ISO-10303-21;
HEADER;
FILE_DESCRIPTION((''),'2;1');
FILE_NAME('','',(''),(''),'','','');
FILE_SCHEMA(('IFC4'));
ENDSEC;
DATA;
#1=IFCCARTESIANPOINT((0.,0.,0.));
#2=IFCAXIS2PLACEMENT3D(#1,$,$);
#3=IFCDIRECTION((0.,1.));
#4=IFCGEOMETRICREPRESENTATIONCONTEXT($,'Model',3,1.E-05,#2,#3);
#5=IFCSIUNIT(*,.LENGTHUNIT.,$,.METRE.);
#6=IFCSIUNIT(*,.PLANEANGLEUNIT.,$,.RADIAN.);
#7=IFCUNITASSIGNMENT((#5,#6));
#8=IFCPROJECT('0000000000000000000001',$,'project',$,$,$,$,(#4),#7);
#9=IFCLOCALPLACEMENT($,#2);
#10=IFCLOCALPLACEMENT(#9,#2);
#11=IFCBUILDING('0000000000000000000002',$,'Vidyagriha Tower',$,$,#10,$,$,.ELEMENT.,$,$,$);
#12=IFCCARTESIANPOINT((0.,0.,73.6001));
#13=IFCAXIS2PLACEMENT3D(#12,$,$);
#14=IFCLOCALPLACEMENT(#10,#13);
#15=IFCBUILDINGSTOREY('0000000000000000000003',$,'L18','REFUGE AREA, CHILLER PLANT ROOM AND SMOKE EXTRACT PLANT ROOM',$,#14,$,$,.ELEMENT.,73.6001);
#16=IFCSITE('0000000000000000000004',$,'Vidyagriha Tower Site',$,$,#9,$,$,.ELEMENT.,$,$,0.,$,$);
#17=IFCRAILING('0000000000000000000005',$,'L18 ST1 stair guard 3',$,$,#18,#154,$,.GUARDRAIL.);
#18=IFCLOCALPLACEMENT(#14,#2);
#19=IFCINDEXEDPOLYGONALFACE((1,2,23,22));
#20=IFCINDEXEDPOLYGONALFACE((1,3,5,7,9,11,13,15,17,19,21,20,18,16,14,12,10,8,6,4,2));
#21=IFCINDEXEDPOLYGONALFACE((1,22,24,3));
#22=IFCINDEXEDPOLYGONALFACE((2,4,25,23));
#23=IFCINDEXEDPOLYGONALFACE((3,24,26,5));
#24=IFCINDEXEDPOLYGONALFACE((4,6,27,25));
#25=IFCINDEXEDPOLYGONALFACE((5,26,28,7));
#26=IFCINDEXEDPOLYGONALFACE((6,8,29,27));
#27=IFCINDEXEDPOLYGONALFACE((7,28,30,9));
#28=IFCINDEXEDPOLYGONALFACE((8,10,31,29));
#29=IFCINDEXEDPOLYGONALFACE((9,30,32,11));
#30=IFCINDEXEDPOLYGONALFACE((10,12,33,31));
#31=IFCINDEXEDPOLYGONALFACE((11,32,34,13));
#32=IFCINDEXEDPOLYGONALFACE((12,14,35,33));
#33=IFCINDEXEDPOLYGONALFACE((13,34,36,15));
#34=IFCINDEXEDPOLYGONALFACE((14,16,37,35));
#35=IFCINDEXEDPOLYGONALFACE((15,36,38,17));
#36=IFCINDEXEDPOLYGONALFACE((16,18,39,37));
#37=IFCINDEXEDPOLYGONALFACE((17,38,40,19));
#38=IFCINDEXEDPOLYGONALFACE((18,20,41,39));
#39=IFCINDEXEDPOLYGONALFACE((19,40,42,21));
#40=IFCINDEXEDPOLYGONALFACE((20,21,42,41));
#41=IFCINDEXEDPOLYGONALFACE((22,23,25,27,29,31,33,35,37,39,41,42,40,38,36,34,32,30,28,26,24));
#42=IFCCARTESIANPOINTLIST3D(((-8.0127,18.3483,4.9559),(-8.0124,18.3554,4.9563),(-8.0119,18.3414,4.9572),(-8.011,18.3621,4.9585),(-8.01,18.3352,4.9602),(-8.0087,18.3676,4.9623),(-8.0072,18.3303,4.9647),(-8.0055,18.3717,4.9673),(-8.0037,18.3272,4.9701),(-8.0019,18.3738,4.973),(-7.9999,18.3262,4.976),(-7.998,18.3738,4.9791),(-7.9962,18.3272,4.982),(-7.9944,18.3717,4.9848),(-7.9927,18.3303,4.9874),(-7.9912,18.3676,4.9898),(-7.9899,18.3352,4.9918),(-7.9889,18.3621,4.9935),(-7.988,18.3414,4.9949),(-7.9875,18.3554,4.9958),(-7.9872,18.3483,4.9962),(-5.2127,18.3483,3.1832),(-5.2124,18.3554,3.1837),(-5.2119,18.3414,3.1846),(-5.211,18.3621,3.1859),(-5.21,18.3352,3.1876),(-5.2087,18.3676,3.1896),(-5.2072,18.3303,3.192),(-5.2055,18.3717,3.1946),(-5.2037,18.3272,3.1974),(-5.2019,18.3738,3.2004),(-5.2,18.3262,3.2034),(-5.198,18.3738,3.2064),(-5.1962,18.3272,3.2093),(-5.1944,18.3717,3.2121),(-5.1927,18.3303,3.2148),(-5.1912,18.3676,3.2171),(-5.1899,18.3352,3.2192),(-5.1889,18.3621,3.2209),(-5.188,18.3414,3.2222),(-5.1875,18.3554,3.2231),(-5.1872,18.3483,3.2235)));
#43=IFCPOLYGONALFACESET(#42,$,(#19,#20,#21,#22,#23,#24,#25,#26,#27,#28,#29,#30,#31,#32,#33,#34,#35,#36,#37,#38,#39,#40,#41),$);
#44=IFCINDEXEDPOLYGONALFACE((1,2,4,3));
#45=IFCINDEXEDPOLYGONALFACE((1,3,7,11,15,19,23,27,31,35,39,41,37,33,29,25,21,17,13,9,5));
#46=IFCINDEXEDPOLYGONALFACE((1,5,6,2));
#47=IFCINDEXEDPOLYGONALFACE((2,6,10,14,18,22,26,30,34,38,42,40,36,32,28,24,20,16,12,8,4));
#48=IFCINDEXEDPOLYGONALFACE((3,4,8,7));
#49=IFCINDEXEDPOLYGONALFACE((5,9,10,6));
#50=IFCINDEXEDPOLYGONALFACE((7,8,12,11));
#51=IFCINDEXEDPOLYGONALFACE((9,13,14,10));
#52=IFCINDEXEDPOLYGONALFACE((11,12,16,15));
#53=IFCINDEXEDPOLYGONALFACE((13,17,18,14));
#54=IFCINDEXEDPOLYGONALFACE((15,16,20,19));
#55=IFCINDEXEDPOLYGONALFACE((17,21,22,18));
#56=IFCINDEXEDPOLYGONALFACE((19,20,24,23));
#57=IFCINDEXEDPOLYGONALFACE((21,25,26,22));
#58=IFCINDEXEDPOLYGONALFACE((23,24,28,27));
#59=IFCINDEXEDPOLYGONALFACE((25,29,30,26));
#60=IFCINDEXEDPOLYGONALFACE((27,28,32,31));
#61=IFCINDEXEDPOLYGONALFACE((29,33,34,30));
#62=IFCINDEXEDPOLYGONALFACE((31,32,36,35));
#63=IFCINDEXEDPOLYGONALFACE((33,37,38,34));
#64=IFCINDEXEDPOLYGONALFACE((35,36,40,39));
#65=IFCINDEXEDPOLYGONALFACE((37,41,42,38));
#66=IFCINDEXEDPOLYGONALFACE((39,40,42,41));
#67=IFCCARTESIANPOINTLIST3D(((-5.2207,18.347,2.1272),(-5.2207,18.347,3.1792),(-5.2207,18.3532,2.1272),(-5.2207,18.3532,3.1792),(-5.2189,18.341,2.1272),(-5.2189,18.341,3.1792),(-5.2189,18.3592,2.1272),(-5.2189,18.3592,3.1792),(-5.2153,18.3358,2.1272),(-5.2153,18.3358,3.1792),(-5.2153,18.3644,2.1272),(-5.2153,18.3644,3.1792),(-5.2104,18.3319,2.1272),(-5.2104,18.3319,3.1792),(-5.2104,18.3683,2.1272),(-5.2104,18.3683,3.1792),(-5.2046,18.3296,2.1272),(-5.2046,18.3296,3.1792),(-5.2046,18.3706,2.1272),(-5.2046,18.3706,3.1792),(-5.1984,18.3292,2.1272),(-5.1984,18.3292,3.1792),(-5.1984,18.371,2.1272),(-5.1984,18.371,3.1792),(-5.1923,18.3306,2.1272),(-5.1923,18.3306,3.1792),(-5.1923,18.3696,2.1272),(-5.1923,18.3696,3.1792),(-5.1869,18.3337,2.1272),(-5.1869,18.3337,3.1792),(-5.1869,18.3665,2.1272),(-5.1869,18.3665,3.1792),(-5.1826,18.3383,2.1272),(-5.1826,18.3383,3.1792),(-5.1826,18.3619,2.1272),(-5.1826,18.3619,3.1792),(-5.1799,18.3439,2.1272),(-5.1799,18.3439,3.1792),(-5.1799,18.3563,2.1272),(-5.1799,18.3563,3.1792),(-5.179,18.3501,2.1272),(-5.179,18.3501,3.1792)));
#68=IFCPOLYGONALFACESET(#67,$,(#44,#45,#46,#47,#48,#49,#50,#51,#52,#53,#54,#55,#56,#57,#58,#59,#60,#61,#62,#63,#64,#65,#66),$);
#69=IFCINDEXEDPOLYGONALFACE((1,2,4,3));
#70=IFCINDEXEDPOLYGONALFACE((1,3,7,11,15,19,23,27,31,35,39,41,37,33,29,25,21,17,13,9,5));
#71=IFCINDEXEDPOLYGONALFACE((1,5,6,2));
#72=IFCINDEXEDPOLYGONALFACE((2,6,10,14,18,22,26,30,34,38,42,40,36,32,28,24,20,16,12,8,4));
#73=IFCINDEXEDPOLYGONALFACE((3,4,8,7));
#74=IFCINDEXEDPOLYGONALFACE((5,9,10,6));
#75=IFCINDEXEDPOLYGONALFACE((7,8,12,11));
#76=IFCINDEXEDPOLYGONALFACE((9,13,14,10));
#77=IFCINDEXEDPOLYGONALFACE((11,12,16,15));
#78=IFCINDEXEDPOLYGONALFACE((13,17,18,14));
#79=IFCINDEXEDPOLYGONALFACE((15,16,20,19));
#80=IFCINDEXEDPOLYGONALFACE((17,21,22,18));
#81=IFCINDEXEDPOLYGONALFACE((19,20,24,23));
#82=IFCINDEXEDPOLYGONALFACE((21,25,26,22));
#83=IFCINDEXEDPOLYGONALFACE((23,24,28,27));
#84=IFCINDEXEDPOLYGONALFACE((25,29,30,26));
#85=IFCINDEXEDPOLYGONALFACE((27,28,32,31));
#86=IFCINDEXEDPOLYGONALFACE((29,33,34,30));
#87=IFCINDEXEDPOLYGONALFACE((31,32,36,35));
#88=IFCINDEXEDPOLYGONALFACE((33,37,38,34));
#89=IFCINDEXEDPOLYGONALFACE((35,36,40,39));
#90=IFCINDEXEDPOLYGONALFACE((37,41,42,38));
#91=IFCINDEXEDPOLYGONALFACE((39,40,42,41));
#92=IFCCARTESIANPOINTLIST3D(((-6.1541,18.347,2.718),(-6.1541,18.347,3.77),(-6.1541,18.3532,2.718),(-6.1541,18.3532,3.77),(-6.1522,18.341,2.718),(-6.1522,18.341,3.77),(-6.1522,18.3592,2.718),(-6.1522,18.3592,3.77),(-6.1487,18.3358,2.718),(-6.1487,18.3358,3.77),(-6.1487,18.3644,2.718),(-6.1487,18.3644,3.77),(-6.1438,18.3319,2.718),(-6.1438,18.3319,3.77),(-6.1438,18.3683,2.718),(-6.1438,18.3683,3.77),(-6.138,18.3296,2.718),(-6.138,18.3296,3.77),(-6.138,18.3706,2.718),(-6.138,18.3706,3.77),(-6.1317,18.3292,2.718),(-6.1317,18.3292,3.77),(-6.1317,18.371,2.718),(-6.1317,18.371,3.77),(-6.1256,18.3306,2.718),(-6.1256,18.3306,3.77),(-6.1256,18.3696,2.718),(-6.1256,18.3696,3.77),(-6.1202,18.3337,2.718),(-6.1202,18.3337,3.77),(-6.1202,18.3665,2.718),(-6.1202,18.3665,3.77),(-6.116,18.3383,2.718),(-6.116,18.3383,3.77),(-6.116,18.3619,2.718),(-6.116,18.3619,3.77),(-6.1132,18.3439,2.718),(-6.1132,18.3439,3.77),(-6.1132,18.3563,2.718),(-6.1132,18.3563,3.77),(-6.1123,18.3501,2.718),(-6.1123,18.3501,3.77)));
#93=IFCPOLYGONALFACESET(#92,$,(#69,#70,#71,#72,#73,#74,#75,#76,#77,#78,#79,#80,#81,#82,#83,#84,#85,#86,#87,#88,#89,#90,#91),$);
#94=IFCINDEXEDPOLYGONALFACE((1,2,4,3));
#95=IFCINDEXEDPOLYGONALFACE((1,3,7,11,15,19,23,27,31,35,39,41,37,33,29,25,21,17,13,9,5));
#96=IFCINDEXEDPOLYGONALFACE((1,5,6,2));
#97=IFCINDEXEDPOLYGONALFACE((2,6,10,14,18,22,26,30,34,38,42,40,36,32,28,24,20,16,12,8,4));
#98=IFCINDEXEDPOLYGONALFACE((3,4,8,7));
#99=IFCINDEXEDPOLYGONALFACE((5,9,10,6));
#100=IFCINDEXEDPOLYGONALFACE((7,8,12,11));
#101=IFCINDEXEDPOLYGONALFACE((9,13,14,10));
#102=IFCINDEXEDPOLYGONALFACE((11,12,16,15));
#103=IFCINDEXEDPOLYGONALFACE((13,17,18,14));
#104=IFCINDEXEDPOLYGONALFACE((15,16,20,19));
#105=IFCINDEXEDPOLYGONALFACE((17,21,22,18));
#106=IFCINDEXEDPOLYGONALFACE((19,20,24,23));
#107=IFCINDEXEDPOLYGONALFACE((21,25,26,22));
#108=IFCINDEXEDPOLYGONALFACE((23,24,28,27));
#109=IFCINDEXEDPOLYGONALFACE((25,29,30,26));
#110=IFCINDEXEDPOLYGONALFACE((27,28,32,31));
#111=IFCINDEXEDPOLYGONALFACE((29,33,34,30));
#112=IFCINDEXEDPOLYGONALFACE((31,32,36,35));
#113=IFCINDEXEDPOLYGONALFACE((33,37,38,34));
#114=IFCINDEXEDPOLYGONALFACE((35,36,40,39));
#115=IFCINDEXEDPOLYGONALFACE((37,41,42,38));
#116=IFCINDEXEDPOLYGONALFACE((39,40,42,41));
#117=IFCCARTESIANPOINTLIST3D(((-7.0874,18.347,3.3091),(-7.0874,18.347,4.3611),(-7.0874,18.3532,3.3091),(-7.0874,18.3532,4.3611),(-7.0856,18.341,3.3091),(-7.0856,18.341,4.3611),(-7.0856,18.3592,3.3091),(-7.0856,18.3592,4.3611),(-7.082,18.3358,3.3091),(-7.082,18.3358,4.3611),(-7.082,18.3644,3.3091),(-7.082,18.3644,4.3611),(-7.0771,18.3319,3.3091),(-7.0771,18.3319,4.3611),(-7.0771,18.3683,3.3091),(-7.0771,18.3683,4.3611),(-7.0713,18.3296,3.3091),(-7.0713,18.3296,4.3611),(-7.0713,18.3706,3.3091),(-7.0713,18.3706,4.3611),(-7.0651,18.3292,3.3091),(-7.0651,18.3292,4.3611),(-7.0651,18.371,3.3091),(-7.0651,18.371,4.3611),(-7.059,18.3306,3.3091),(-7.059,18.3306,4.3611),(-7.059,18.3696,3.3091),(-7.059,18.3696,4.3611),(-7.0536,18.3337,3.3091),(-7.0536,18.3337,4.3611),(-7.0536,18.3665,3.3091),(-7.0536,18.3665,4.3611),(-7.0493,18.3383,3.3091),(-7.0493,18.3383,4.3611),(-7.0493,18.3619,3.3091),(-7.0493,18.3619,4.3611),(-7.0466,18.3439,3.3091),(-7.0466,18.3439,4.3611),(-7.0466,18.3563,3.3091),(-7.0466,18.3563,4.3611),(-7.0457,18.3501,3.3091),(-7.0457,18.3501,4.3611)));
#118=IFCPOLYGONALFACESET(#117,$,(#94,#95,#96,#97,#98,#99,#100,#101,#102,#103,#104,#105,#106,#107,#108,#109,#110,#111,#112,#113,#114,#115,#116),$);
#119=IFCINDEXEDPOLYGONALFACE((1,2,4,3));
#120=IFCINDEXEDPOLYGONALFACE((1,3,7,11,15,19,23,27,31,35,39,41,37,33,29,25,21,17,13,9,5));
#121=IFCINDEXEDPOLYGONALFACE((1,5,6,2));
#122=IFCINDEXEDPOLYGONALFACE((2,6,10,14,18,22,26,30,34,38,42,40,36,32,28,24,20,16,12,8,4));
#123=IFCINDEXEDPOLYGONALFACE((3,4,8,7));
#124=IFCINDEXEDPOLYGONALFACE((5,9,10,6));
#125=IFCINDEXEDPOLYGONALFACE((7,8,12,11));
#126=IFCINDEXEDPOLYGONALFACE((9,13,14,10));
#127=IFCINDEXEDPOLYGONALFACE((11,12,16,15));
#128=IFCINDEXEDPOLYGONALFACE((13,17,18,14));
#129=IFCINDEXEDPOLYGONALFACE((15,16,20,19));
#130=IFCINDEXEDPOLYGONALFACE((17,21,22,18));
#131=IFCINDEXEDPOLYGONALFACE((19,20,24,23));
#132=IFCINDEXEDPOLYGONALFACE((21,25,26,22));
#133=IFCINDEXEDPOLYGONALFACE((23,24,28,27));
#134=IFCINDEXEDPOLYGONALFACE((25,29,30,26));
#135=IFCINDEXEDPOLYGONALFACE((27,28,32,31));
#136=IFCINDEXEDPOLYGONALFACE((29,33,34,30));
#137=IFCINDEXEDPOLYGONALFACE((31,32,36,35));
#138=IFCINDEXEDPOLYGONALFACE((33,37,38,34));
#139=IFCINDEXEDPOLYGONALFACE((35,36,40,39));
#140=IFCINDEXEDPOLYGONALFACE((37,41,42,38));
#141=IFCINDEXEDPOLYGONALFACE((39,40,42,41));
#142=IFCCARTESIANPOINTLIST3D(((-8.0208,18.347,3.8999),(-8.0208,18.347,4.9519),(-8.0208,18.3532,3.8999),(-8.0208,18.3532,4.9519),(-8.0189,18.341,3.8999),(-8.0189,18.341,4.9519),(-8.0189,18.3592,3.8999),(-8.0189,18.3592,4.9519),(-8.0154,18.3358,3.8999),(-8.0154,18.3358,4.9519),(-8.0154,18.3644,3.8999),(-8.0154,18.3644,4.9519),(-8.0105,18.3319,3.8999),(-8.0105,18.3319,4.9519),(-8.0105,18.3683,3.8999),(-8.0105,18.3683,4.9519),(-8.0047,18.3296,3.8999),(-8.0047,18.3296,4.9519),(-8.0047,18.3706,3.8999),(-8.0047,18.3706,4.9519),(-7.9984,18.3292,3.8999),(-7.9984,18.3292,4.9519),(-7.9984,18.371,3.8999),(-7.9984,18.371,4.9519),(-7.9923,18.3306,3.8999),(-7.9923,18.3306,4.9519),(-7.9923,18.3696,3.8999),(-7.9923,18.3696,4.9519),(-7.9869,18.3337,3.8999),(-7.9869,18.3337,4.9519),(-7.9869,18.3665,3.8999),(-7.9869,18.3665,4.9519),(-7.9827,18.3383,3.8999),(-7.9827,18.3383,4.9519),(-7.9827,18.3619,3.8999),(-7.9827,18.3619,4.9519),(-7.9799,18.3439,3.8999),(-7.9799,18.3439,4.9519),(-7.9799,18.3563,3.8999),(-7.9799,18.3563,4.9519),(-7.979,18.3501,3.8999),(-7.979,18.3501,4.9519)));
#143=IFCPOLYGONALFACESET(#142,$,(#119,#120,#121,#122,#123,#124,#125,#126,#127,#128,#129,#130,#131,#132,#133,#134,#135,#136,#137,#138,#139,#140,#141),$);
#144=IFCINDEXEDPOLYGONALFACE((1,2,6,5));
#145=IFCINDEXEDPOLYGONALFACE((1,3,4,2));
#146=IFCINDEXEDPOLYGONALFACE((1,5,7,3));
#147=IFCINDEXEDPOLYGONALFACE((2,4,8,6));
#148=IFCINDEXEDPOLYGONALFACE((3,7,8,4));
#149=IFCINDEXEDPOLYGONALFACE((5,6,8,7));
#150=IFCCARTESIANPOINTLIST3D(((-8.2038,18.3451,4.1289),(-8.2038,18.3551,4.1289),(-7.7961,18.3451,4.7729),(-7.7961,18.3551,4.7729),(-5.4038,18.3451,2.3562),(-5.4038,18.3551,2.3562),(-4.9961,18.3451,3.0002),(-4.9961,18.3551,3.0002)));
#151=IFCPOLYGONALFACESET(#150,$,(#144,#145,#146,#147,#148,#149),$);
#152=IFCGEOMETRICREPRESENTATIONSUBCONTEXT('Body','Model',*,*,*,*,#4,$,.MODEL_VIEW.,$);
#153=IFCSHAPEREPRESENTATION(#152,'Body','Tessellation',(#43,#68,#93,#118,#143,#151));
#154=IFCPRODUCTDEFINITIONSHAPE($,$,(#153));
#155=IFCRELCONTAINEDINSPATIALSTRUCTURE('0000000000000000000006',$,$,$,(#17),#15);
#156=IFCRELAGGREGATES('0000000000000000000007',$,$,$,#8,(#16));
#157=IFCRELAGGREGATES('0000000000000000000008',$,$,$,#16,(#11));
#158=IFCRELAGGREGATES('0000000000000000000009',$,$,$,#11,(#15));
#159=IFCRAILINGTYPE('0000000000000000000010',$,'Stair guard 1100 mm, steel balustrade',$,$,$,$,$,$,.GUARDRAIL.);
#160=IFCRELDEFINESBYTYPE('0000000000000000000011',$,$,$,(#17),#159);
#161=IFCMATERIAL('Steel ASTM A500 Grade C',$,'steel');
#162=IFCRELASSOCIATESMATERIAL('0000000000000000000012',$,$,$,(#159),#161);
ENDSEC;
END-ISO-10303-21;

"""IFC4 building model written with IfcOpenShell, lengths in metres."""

from ifc_helpers import new_model, si_unit, direction, frame, origin, origin_2d, place, context, subcontext, project, spatial, rectangle, circle, extrude, material, type_object, element, save


model = new_model("IFC4")

# Units and contexts
model_context = context("Model", 3, precision=1e-05, world=origin(), true_north=direction((0.0, 1.0)))
body_context = subcontext(model_context, "Body", "Model", "MODEL_VIEW")
ifc_project = project(units=[si_unit("LENGTHUNIT", "METRE"), si_unit("PLANEANGLEUNIT", "RADIAN")], contexts=[model_context])

# Site, building, storey
site_placement = place(None, origin())
site = spatial("IfcSite", under=ifc_project, at=site_placement, Name="Vidyagriha Tower Site", CompositionType="ELEMENT", RefElevation=0.0)
building_placement = place(site_placement, origin())
building = spatial("IfcBuilding", under=site, at=building_placement, Name="Vidyagriha Tower", CompositionType="ELEMENT")
storey_placement = place(building_placement, frame((0.0, 0.0, 73.6001)))
storey = spatial("IfcBuildingStorey", under=building, at=storey_placement, Name="L18", Description="REFUGE AREA, CHILLER PLANT ROOM AND SMOKE EXTRACT PLANT ROOM", CompositionType="ELEMENT", Elevation=73.6001)

# Railing
ifc_material_1 = material(Name="Steel ASTM A500 Grade C", Category="steel")
railing_type_1 = type_object("IfcRailingType", Name="Stair guard 1100 mm, steel balustrade", PredefinedType="GUARDRAIL", material=ifc_material_1)
railing_1_placement = place(storey_placement, frame((-5.2, 18.3501, 2.1272)))
element("IfcRailing", 1, at=railing_1_placement, inside=storey, type_object=railing_type_1, Name="L18 ST1 stair guard 3", PredefinedType="GUARDRAIL", context=body_context, shape_type="SweptSolid", body=[
    extrude(circle(Radius=0.0239, at=origin_2d()), frame((0.0, 0.0, 1.0762), z_axis=(-0.844909, 0.0, 0.53491), x_axis=(0.0, -1.0, 0.0)), (0.0, 0.0, 1.0), 3.314),
    extrude(circle(Radius=0.021, at=origin_2d()), origin(), (0.0, 0.0, 1.0), 1.052),
    extrude(circle(Radius=0.021, at=origin_2d()), frame((-0.9333, 0.0, 0.5908)), (0.0, 0.0, 1.0), 1.052),
    extrude(circle(Radius=0.021, at=origin_2d()), frame((-1.8667, 0.0, 1.1819)), (0.0, 0.0, 1.0), 1.052),
    extrude(circle(Radius=0.021, at=origin_2d()), frame((-2.8, 0.0, 1.7727)), (0.0, 0.0, 1.0), 1.052),
    extrude(rectangle(XDim=0.01, YDim=0.7622, at=origin_2d()), frame((0.0, 0.0, 0.551), z_axis=(-0.844909, 0.0, 0.53491), x_axis=(0.0, -1.0, 0.0)), (0.0, 0.0, 1.0), 3.314),
])

save(model, "model.ifc")
